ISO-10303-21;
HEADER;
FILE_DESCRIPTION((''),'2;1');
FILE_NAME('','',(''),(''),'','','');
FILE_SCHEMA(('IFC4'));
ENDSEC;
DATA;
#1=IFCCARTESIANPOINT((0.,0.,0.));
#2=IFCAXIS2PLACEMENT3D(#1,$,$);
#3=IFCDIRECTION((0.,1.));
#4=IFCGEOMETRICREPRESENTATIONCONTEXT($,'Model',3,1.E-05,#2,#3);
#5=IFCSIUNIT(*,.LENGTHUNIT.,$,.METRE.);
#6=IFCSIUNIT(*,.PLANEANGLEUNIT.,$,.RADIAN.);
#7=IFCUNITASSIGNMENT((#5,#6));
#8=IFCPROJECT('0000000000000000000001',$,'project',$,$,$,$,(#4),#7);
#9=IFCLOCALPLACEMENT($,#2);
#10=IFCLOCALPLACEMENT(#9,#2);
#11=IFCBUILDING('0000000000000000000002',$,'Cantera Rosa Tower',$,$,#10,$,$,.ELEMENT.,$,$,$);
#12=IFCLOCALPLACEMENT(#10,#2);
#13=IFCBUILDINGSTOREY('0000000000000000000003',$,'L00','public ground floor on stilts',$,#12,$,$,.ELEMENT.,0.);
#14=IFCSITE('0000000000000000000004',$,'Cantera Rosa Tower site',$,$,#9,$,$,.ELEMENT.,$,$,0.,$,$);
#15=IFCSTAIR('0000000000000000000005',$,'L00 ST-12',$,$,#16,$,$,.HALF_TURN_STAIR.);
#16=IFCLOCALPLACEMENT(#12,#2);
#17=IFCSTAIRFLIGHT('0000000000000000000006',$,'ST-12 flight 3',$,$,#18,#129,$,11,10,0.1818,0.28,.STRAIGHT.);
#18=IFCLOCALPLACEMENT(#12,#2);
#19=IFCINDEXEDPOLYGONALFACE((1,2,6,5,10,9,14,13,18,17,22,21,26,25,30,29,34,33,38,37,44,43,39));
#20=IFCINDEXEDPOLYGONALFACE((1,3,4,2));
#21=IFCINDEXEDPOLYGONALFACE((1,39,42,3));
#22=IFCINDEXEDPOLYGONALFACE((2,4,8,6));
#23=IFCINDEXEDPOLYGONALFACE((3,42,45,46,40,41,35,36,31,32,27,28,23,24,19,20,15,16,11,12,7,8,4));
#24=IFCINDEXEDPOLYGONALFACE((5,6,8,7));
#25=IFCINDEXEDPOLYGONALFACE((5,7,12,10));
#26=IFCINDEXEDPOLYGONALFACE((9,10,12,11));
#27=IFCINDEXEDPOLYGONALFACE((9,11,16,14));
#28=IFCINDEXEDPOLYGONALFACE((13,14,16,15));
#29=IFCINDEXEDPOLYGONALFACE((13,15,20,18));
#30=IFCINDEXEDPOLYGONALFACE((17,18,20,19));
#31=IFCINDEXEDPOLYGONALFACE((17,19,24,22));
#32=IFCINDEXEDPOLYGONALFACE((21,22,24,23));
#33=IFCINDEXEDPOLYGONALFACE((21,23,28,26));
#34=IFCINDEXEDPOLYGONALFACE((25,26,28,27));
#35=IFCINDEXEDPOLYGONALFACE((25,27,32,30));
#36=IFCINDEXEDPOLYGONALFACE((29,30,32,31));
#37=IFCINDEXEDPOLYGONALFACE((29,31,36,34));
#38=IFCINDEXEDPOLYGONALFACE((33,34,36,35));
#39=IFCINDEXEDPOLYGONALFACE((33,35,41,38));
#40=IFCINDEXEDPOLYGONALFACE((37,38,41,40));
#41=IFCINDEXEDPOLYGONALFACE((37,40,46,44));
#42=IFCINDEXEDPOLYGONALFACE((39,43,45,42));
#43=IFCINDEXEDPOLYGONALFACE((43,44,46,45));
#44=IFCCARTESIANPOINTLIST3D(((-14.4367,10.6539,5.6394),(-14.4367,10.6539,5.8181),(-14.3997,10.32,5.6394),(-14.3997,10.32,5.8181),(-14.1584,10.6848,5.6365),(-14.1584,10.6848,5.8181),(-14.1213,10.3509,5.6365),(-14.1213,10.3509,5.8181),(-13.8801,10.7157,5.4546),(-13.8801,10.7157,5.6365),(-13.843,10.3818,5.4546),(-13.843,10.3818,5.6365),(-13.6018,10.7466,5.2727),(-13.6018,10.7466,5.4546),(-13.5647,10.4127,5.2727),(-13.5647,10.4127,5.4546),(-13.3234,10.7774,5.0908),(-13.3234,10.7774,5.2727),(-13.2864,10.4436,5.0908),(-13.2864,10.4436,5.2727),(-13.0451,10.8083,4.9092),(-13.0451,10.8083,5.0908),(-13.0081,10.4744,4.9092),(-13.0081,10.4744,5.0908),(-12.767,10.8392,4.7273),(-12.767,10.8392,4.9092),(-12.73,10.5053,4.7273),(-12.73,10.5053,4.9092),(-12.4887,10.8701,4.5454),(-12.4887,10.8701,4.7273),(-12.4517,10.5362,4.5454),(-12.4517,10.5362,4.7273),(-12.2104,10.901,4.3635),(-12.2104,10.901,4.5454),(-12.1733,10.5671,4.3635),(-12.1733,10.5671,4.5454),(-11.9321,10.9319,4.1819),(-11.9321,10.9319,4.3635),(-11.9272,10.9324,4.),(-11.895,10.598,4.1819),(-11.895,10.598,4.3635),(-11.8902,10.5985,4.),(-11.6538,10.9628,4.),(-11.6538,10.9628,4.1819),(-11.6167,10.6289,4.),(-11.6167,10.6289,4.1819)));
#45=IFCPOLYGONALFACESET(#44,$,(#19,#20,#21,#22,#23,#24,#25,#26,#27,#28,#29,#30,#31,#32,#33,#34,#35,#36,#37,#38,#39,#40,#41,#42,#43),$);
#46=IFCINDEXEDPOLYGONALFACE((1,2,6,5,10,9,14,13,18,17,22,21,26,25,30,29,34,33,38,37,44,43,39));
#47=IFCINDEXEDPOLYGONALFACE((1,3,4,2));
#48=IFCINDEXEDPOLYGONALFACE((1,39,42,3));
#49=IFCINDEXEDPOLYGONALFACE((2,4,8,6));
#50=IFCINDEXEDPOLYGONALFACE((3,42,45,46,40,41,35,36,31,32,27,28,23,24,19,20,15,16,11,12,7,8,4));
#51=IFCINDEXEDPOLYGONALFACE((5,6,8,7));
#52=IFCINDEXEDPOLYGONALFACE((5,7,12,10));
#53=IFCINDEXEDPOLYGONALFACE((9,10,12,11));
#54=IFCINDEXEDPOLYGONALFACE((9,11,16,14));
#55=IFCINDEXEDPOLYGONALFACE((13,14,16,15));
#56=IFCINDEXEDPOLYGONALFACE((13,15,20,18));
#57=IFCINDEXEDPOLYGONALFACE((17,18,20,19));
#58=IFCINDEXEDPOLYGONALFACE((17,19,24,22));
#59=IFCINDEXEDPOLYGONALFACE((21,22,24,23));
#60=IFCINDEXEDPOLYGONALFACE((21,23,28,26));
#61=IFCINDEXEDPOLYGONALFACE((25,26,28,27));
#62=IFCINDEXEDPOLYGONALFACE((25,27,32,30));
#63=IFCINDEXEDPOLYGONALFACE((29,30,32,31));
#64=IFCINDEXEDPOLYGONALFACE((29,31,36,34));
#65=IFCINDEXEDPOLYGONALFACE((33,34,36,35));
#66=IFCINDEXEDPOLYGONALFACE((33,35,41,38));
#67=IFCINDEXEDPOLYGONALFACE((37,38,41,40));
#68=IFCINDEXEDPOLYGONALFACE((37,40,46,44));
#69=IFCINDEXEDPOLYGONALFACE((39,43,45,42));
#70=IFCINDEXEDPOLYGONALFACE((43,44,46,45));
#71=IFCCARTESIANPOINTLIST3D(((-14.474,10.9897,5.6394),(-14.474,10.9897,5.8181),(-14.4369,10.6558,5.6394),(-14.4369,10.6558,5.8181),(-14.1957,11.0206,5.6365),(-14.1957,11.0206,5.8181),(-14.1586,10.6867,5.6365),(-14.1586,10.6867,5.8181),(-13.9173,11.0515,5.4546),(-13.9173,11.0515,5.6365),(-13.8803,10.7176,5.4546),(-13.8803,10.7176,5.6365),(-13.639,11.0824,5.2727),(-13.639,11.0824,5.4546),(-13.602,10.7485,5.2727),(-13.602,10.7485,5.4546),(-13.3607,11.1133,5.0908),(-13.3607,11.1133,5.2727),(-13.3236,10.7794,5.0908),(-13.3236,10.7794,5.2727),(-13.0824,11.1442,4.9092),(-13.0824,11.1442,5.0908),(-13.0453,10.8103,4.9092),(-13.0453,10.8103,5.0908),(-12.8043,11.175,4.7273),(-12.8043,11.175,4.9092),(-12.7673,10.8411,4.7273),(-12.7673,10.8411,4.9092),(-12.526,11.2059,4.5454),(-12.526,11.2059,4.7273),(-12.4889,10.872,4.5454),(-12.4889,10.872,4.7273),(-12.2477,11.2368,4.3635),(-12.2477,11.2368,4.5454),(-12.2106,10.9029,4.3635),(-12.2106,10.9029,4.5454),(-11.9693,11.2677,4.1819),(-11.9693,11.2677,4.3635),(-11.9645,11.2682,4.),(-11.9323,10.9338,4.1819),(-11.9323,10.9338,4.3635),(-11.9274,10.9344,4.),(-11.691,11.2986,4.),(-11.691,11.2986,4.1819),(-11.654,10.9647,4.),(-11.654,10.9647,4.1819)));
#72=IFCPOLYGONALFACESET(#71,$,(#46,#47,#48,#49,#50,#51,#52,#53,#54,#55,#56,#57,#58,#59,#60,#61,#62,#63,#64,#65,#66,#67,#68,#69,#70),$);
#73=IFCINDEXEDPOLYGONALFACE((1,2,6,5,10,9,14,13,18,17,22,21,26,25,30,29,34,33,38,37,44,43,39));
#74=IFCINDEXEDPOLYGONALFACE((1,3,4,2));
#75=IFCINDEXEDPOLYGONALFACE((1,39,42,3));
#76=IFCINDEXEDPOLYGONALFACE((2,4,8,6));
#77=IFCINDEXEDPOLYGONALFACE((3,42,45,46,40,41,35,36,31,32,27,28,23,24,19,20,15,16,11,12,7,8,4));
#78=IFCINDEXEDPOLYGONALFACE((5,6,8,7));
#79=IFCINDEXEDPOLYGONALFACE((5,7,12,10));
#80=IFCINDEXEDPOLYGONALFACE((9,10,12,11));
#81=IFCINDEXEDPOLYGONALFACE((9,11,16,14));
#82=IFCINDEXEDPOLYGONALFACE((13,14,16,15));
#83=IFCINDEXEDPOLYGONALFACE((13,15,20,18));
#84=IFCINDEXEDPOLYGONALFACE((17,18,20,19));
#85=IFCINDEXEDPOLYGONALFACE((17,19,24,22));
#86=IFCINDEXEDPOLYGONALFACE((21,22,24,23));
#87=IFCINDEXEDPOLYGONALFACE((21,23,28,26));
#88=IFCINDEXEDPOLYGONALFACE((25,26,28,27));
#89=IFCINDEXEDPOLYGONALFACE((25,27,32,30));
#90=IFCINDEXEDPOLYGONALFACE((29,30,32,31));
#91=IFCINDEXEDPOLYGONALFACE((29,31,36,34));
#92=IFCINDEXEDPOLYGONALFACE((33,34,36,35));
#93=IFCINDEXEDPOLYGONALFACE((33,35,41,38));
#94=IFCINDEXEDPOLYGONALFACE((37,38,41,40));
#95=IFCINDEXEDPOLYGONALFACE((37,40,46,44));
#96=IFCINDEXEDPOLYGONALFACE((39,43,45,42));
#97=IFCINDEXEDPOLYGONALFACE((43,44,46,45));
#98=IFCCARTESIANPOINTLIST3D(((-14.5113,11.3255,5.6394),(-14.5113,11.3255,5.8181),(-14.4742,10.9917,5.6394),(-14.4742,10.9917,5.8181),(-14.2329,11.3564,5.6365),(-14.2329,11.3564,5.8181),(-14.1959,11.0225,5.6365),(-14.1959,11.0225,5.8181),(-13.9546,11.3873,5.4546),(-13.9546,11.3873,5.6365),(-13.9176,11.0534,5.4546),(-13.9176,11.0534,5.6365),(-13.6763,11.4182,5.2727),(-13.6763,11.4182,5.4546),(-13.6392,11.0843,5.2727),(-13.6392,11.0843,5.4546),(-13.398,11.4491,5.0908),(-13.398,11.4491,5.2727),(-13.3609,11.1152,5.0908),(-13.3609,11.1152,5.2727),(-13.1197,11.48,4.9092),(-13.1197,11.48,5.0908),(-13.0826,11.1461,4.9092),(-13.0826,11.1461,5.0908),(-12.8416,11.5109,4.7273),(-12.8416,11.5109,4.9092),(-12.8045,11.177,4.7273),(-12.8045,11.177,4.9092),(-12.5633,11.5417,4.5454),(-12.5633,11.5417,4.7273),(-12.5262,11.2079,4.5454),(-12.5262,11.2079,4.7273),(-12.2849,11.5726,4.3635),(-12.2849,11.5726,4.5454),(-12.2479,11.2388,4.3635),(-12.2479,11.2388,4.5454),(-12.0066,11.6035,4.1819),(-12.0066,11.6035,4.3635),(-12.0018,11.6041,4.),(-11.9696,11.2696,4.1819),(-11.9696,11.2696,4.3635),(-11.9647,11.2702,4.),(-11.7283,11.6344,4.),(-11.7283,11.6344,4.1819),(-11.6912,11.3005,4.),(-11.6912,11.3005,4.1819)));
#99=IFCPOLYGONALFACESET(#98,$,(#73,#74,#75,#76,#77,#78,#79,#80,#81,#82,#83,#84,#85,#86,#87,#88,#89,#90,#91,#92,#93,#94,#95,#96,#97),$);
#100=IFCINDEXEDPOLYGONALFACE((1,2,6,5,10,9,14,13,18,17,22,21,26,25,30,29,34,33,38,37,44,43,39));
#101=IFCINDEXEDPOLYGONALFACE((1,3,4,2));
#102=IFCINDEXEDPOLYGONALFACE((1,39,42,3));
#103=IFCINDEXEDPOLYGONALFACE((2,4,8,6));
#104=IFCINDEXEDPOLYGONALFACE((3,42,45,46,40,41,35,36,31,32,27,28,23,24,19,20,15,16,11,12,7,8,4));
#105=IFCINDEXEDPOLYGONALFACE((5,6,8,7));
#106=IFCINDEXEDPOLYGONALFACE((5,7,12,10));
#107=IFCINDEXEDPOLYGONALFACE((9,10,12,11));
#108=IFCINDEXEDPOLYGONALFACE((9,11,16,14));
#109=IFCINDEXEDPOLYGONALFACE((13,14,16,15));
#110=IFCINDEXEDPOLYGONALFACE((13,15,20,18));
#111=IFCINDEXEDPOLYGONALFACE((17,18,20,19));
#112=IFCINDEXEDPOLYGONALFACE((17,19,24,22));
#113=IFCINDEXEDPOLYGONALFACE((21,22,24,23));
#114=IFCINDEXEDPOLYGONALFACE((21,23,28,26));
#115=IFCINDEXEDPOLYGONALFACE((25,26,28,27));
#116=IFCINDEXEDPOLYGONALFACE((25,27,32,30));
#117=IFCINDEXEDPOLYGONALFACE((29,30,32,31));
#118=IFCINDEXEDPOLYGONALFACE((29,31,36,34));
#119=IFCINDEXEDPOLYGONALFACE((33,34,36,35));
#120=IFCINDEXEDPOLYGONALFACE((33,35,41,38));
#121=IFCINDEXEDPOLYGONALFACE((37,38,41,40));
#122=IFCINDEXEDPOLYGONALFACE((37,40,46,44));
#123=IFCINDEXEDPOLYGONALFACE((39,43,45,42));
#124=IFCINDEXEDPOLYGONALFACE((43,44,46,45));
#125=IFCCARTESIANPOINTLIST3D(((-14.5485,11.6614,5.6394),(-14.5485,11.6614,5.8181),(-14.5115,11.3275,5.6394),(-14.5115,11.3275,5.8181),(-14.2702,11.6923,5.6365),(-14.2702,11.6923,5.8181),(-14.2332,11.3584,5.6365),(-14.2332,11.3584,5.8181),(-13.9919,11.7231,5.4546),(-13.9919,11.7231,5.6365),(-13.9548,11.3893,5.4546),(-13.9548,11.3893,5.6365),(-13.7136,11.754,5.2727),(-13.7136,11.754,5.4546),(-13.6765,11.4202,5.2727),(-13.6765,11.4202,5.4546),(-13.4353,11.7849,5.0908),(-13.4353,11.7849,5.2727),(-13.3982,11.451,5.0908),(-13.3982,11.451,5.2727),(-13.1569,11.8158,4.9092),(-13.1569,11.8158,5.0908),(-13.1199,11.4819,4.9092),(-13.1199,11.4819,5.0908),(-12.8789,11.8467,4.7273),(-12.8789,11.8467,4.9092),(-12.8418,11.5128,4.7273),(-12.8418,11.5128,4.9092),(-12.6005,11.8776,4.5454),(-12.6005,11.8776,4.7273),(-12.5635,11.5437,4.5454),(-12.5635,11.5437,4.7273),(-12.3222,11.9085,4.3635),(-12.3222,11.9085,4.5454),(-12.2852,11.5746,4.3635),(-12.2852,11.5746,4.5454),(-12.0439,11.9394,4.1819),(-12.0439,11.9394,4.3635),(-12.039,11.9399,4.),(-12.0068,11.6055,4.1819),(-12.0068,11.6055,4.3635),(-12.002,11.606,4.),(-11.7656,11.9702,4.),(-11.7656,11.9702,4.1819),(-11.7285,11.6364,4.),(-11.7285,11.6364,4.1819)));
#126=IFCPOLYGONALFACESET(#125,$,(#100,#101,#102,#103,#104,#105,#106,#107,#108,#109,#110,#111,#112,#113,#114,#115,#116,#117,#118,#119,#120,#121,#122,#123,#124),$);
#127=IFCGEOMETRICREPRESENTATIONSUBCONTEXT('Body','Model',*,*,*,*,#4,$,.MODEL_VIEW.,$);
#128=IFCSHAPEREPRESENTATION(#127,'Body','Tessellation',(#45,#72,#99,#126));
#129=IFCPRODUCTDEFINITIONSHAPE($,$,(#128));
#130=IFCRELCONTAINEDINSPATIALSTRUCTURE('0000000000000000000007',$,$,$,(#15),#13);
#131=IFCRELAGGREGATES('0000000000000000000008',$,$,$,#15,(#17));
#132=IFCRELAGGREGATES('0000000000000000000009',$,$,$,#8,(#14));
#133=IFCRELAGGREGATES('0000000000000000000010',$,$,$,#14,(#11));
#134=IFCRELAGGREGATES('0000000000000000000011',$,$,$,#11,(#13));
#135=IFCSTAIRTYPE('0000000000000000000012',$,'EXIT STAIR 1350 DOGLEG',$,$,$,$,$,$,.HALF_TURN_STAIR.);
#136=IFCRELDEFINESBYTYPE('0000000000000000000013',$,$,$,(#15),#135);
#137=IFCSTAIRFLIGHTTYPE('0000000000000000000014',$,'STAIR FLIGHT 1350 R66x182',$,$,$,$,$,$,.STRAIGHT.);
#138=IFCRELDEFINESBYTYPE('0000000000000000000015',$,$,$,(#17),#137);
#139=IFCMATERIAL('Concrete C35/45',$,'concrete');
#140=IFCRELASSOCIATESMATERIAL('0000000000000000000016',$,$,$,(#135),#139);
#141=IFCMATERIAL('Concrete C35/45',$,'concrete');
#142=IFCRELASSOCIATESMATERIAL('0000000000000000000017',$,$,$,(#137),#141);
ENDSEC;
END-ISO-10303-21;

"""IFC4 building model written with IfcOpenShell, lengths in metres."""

from ifc_helpers import new_model, si_unit, direction, frame, origin, place, context, subcontext, project, spatial, polyline, outline, extrude, material, type_object, element, aggregate, save


model = new_model("IFC4")

# Units and contexts
model_context = context("Model", 3, precision=1e-05, world=origin(), true_north=direction((0.0, 1.0)))
body_context = subcontext(model_context, "Body", "Model", "MODEL_VIEW")
ifc_project = project(units=[si_unit("LENGTHUNIT", "METRE"), si_unit("PLANEANGLEUNIT", "RADIAN")], contexts=[model_context])

# Site, building, storey
site_placement = place(None, origin())
site = spatial("IfcSite", under=ifc_project, at=site_placement, Name="Cantera Rosa Tower site", CompositionType="ELEMENT", RefElevation=0.0)
building_placement = place(site_placement, origin())
building = spatial("IfcBuilding", under=site, at=building_placement, Name="Cantera Rosa Tower", CompositionType="ELEMENT")
storey_placement = place(building_placement, origin())
storey = spatial("IfcBuildingStorey", under=building, at=storey_placement, Name="L00", Description="public ground floor on stilts", CompositionType="ELEMENT", Elevation=0.0)

# Stair, stair flight
ifc_material_1 = material(Name="Concrete C35/45", Category="concrete")
stair_type = type_object("IfcStairType", Name="EXIT STAIR 1350 DOGLEG", PredefinedType="HALF_TURN_STAIR", material=ifc_material_1)
stair_placement = place(storey_placement, origin())
stair = element("IfcStair", 1, at=stair_placement, inside=storey, type_object=stair_type, Name="L00 ST-12", PredefinedType="HALF_TURN_STAIR")
ifc_material_2 = material(Name="Concrete C35/45", Category="concrete")
stair_flight_type = type_object("IfcStairFlightType", Name="STAIR FLIGHT 1350 R66x182", PredefinedType="STRAIGHT", material=ifc_material_2)
stair_flight_1_placement = place(storey_placement, frame((-11.6912, 11.2998, 4.0), z_axis=(0.0, 0.0, 1.0), x_axis=(-0.993897, -0.110313, 0.0)))
stair_flight_1 = element("IfcStairFlight", 2, at=stair_flight_1_placement, type_object=stair_flight_type, Name="ST-12 flight 3", NumberOfRisers=11, NumberOfTreads=10, PredefinedType="STRAIGHT", RiserHeight=0.1818, TreadLength=0.28, context=body_context, shape_type="SweptSolid", body=[
    extrude(outline(polyline([(0.0, 0.0), (0.0, 0.1819), (0.28, 0.1819), (0.28, 0.3635), (0.5601, 0.3635), (0.5601, 0.5454), (0.8401, 0.5454), (0.8401, 0.7273), (1.1201, 0.7273), (1.1201, 0.9092), (1.3999, 0.9092), (1.3999, 1.0908), (1.6799, 1.0908), (1.6799, 1.2727), (1.96, 1.2727), (1.96, 1.4546), (2.24, 1.4546), (2.24, 1.6365), (2.52, 1.6365), (2.52, 1.8181), (2.8, 1.8181), (2.8, 2.0), (2.8, 1.6394), (0.2751, 0.0), (0.0, 0.0)])), frame((0.0, 0.675, 0.0), z_axis=(0.0, -1.0, 0.0), x_axis=(1.0, 0.0, 0.0)), (0.0, 0.0, 1.0), 0.3359),
    extrude(outline(polyline([(0.0, 0.0), (0.0, 0.1819), (0.28, 0.1819), (0.28, 0.3635), (0.5601, 0.3635), (0.5601, 0.5454), (0.8401, 0.5454), (0.8401, 0.7273), (1.1201, 0.7273), (1.1201, 0.9092), (1.3999, 0.9092), (1.3999, 1.0908), (1.6799, 1.0908), (1.6799, 1.2727), (1.96, 1.2727), (1.96, 1.4546), (2.24, 1.4546), (2.24, 1.6365), (2.52, 1.6365), (2.52, 1.8181), (2.8, 1.8181), (2.8, 2.0), (2.8, 1.6394), (0.2751, 0.0), (0.0, 0.0)])), frame((0.0, 0.3372, 0.0), z_axis=(0.0, -1.0, 0.0), x_axis=(1.0, 0.0, 0.0)), (0.0, 0.0, 1.0), 0.3359),
    extrude(outline(polyline([(0.0, 0.0), (0.0, 0.1819), (0.28, 0.1819), (0.28, 0.3635), (0.5601, 0.3635), (0.5601, 0.5454), (0.8401, 0.5454), (0.8401, 0.7273), (1.1201, 0.7273), (1.1201, 0.9092), (1.3999, 0.9092), (1.3999, 1.0908), (1.6799, 1.0908), (1.6799, 1.2727), (1.96, 1.2727), (1.96, 1.4546), (2.24, 1.4546), (2.24, 1.6365), (2.52, 1.6365), (2.52, 1.8181), (2.8, 1.8181), (2.8, 2.0), (2.8, 1.6394), (0.2751, 0.0), (0.0, 0.0)])), frame((0.0, -0.0007, 0.0), z_axis=(0.0, -1.0, 0.0), x_axis=(1.0, 0.0, 0.0)), (0.0, 0.0, 1.0), 0.3359),
    extrude(outline(polyline([(0.0, 0.0), (0.0, 0.1819), (0.28, 0.1819), (0.28, 0.3635), (0.5601, 0.3635), (0.5601, 0.5454), (0.8401, 0.5454), (0.8401, 0.7273), (1.1201, 0.7273), (1.1201, 0.9092), (1.3999, 0.9092), (1.3999, 1.0908), (1.6799, 1.0908), (1.6799, 1.2727), (1.96, 1.2727), (1.96, 1.4546), (2.24, 1.4546), (2.24, 1.6365), (2.52, 1.6365), (2.52, 1.8181), (2.8, 1.8181), (2.8, 2.0), (2.8, 1.6394), (0.2751, 0.0), (0.0, 0.0)])), frame((0.0, -0.3386, 0.0), z_axis=(0.0, -1.0, 0.0), x_axis=(1.0, 0.0, 0.0)), (0.0, 0.0, 1.0), 0.3359),
])
aggregate(stair, [stair_flight_1])

save(model, "model.ifc")
